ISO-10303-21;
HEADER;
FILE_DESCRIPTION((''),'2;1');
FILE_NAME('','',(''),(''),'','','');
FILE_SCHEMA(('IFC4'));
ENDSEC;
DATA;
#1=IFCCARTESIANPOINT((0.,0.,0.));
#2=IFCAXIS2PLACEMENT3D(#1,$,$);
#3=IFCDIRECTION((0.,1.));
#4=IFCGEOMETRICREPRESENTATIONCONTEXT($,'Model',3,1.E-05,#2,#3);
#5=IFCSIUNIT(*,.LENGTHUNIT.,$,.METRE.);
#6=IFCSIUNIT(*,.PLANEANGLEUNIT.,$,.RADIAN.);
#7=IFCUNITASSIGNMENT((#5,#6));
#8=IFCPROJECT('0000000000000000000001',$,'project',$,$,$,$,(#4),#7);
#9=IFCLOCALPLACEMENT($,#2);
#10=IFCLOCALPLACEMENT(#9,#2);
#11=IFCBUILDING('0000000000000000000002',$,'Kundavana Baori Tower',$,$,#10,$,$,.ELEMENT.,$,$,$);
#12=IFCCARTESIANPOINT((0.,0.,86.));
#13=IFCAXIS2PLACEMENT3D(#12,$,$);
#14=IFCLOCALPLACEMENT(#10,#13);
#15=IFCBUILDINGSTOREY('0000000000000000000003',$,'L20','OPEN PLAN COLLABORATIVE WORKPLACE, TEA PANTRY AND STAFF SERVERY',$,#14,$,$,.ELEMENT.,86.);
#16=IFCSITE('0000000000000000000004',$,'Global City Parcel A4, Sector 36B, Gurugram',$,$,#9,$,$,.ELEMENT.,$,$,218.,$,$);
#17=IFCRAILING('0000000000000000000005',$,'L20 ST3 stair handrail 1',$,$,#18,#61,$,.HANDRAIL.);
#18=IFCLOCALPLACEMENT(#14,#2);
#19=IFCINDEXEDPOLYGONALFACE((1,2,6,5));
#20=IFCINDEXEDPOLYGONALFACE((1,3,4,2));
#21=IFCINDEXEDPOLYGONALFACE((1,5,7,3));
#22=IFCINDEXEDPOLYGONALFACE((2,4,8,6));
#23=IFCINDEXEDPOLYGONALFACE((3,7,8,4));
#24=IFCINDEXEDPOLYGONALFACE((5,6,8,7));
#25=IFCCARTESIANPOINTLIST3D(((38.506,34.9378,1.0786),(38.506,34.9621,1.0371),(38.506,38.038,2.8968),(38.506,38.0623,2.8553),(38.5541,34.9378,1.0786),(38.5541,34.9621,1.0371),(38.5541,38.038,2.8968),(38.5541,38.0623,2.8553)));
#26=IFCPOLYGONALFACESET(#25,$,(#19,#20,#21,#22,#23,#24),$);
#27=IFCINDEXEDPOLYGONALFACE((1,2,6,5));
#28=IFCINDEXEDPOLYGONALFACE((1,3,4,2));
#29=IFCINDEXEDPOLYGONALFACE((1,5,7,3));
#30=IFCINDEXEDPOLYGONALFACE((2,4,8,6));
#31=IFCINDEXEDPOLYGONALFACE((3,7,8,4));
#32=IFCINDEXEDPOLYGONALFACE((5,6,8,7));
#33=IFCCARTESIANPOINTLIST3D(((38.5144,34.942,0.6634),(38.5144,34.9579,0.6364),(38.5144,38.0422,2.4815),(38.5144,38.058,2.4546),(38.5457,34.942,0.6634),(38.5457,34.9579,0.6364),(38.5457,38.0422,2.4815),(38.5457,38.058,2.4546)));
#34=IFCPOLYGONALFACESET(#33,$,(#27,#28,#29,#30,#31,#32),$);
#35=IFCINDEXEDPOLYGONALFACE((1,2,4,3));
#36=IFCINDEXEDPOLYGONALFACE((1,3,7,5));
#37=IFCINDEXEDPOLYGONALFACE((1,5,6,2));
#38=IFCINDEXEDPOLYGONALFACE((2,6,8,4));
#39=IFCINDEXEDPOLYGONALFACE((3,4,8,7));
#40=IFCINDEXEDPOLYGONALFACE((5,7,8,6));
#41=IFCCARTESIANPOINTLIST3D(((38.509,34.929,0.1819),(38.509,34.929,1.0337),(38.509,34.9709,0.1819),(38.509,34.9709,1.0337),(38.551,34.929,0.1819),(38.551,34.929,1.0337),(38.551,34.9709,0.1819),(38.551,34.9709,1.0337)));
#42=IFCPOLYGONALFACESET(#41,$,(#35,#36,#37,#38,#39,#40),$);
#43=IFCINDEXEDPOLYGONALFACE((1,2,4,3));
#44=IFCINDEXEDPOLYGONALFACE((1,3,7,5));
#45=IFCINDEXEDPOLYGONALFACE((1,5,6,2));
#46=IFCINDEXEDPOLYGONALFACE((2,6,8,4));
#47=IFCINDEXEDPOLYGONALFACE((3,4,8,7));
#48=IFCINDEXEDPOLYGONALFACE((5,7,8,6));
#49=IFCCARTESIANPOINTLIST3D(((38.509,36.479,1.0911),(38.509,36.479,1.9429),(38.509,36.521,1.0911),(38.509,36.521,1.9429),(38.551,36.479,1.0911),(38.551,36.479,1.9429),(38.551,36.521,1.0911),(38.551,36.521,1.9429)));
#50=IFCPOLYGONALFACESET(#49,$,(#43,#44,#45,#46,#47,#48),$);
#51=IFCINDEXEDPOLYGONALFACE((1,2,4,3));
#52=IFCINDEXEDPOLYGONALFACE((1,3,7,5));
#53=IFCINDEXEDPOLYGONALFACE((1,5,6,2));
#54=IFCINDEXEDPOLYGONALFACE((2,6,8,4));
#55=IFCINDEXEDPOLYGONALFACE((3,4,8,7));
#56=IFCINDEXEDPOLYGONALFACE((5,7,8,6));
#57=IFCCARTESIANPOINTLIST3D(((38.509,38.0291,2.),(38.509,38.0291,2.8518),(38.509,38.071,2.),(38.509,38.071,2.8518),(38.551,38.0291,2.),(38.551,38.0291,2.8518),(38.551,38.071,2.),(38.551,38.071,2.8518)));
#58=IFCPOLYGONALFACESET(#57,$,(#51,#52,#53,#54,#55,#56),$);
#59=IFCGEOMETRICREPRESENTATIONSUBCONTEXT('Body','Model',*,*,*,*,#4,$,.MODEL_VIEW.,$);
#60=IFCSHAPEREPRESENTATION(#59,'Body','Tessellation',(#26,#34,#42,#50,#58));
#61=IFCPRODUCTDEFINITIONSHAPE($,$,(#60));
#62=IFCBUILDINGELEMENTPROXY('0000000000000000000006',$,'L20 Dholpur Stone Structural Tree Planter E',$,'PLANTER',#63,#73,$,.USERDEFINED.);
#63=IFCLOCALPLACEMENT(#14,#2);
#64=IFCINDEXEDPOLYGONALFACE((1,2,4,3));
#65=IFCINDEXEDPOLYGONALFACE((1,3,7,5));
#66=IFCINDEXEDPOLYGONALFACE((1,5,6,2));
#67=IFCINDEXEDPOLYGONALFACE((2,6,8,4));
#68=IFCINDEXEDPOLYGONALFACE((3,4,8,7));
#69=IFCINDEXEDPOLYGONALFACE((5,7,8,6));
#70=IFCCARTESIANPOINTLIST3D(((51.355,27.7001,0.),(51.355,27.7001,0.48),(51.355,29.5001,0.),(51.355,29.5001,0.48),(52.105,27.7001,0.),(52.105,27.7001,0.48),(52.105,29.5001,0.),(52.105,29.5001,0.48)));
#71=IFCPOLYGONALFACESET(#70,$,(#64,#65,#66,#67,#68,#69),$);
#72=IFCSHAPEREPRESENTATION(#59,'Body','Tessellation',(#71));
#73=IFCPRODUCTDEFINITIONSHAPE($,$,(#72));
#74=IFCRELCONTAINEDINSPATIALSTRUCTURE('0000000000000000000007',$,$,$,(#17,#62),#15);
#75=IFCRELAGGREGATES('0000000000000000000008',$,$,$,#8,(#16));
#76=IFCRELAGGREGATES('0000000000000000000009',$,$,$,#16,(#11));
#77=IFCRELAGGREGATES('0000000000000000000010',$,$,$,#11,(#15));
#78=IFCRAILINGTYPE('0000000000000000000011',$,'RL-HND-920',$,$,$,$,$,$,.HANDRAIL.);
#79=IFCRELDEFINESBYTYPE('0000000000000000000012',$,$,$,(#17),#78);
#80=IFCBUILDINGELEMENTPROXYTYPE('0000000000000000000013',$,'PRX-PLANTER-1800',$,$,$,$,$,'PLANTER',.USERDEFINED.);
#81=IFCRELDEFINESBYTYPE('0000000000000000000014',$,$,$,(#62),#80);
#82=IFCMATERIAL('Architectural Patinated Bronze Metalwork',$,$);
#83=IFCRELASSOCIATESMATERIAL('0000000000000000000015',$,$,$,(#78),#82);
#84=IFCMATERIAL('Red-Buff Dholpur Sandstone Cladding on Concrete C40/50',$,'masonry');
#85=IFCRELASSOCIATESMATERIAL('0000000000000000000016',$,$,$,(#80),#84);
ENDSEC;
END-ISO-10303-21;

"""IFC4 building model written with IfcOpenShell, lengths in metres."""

from ifc_helpers import new_model, si_unit, direction, frame, origin, origin_2d, place, context, subcontext, project, spatial, rectangle, extrude, material, type_object, element, save


model = new_model("IFC4")

# Units and contexts
model_context = context("Model", 3, precision=1e-05, world=origin(), true_north=direction((0.0, 1.0)))
body_context = subcontext(model_context, "Body", "Model", "MODEL_VIEW")
ifc_project = project(units=[si_unit("LENGTHUNIT", "METRE"), si_unit("PLANEANGLEUNIT", "RADIAN")], contexts=[model_context])

# Site, building, storey
site_placement = place(None, origin())
site = spatial("IfcSite", under=ifc_project, at=site_placement, Name="Global City Parcel A4, Sector 36B, Gurugram", CompositionType="ELEMENT", RefElevation=218.0)
building_placement = place(site_placement, origin())
building = spatial("IfcBuilding", under=site, at=building_placement, Name="Kundavana Baori Tower", CompositionType="ELEMENT")
storey_placement = place(building_placement, frame((0.0, 0.0, 86.0)))
storey = spatial("IfcBuildingStorey", under=building, at=storey_placement, Name="L20", Description="OPEN PLAN COLLABORATIVE WORKPLACE, TEA PANTRY AND STAFF SERVERY", CompositionType="ELEMENT", Elevation=86.0)

# Railing
ifc_material_1 = material(Name="Architectural Patinated Bronze Metalwork")
railing_type_1 = type_object("IfcRailingType", Name="RL-HND-920", PredefinedType="HANDRAIL", material=ifc_material_1)
railing_1_placement = place(storey_placement, frame((38.53, 34.95, 0.1819)))
element("IfcRailing", 1, at=railing_1_placement, inside=storey, type_object=railing_type_1, Name="L20 ST3 stair handrail 1", PredefinedType="HANDRAIL", context=body_context, shape_type="SweptSolid", body=[
    extrude(rectangle(XDim=0.0481, YDim=0.0481, at=origin_2d()), frame((0.0, 0.0, 0.876), z_axis=(0.0, 0.862599, 0.505889), x_axis=(-1.0, 0.0, 0.0)), (0.0, 0.0, 1.0), 3.594),
    extrude(rectangle(XDim=0.0312, YDim=0.0312, at=origin_2d()), frame((0.0, 0.0, 0.468), z_axis=(0.0, 0.862599, 0.505889), x_axis=(-1.0, 0.0, 0.0)), (0.0, 0.0, 1.0), 3.594),
    extrude(rectangle(XDim=0.042, YDim=0.042, at=origin_2d()), origin(), (0.0, 0.0, 1.0), 0.8518),
    extrude(rectangle(XDim=0.042, YDim=0.042, at=origin_2d()), frame((0.0, 1.55, 0.9092)), (0.0, 0.0, 1.0), 0.8518),
    extrude(rectangle(XDim=0.042, YDim=0.042, at=origin_2d()), frame((0.0, 3.1001, 1.8181)), (0.0, 0.0, 1.0), 0.8518),
])

# Building element proxy
ifc_material_2 = material(Name="Red-Buff Dholpur Sandstone Cladding on Concrete C40/50", Category="masonry")
building_element_proxy_type = type_object("IfcBuildingElementProxyType", Name="PRX-PLANTER-1800", ElementType="PLANTER", PredefinedType="USERDEFINED", material=ifc_material_2)
proxy_placement = place(storey_placement, frame((51.73, 28.6001, 0.0), z_axis=(0.0, 0.0, 1.0), x_axis=(0.0, 1.0, 0.0)))
element("IfcBuildingElementProxy", 2, at=proxy_placement, inside=storey, type_object=building_element_proxy_type, Name="L20 Dholpur Stone Structural Tree Planter E", ObjectType="PLANTER", PredefinedType="USERDEFINED", context=body_context, shape_type="SweptSolid", body=[
    extrude(rectangle(XDim=1.8, YDim=0.75, at=origin_2d()), origin(), (0.0, 0.0, 1.0), 0.48),
])

save(model, "model.ifc")
